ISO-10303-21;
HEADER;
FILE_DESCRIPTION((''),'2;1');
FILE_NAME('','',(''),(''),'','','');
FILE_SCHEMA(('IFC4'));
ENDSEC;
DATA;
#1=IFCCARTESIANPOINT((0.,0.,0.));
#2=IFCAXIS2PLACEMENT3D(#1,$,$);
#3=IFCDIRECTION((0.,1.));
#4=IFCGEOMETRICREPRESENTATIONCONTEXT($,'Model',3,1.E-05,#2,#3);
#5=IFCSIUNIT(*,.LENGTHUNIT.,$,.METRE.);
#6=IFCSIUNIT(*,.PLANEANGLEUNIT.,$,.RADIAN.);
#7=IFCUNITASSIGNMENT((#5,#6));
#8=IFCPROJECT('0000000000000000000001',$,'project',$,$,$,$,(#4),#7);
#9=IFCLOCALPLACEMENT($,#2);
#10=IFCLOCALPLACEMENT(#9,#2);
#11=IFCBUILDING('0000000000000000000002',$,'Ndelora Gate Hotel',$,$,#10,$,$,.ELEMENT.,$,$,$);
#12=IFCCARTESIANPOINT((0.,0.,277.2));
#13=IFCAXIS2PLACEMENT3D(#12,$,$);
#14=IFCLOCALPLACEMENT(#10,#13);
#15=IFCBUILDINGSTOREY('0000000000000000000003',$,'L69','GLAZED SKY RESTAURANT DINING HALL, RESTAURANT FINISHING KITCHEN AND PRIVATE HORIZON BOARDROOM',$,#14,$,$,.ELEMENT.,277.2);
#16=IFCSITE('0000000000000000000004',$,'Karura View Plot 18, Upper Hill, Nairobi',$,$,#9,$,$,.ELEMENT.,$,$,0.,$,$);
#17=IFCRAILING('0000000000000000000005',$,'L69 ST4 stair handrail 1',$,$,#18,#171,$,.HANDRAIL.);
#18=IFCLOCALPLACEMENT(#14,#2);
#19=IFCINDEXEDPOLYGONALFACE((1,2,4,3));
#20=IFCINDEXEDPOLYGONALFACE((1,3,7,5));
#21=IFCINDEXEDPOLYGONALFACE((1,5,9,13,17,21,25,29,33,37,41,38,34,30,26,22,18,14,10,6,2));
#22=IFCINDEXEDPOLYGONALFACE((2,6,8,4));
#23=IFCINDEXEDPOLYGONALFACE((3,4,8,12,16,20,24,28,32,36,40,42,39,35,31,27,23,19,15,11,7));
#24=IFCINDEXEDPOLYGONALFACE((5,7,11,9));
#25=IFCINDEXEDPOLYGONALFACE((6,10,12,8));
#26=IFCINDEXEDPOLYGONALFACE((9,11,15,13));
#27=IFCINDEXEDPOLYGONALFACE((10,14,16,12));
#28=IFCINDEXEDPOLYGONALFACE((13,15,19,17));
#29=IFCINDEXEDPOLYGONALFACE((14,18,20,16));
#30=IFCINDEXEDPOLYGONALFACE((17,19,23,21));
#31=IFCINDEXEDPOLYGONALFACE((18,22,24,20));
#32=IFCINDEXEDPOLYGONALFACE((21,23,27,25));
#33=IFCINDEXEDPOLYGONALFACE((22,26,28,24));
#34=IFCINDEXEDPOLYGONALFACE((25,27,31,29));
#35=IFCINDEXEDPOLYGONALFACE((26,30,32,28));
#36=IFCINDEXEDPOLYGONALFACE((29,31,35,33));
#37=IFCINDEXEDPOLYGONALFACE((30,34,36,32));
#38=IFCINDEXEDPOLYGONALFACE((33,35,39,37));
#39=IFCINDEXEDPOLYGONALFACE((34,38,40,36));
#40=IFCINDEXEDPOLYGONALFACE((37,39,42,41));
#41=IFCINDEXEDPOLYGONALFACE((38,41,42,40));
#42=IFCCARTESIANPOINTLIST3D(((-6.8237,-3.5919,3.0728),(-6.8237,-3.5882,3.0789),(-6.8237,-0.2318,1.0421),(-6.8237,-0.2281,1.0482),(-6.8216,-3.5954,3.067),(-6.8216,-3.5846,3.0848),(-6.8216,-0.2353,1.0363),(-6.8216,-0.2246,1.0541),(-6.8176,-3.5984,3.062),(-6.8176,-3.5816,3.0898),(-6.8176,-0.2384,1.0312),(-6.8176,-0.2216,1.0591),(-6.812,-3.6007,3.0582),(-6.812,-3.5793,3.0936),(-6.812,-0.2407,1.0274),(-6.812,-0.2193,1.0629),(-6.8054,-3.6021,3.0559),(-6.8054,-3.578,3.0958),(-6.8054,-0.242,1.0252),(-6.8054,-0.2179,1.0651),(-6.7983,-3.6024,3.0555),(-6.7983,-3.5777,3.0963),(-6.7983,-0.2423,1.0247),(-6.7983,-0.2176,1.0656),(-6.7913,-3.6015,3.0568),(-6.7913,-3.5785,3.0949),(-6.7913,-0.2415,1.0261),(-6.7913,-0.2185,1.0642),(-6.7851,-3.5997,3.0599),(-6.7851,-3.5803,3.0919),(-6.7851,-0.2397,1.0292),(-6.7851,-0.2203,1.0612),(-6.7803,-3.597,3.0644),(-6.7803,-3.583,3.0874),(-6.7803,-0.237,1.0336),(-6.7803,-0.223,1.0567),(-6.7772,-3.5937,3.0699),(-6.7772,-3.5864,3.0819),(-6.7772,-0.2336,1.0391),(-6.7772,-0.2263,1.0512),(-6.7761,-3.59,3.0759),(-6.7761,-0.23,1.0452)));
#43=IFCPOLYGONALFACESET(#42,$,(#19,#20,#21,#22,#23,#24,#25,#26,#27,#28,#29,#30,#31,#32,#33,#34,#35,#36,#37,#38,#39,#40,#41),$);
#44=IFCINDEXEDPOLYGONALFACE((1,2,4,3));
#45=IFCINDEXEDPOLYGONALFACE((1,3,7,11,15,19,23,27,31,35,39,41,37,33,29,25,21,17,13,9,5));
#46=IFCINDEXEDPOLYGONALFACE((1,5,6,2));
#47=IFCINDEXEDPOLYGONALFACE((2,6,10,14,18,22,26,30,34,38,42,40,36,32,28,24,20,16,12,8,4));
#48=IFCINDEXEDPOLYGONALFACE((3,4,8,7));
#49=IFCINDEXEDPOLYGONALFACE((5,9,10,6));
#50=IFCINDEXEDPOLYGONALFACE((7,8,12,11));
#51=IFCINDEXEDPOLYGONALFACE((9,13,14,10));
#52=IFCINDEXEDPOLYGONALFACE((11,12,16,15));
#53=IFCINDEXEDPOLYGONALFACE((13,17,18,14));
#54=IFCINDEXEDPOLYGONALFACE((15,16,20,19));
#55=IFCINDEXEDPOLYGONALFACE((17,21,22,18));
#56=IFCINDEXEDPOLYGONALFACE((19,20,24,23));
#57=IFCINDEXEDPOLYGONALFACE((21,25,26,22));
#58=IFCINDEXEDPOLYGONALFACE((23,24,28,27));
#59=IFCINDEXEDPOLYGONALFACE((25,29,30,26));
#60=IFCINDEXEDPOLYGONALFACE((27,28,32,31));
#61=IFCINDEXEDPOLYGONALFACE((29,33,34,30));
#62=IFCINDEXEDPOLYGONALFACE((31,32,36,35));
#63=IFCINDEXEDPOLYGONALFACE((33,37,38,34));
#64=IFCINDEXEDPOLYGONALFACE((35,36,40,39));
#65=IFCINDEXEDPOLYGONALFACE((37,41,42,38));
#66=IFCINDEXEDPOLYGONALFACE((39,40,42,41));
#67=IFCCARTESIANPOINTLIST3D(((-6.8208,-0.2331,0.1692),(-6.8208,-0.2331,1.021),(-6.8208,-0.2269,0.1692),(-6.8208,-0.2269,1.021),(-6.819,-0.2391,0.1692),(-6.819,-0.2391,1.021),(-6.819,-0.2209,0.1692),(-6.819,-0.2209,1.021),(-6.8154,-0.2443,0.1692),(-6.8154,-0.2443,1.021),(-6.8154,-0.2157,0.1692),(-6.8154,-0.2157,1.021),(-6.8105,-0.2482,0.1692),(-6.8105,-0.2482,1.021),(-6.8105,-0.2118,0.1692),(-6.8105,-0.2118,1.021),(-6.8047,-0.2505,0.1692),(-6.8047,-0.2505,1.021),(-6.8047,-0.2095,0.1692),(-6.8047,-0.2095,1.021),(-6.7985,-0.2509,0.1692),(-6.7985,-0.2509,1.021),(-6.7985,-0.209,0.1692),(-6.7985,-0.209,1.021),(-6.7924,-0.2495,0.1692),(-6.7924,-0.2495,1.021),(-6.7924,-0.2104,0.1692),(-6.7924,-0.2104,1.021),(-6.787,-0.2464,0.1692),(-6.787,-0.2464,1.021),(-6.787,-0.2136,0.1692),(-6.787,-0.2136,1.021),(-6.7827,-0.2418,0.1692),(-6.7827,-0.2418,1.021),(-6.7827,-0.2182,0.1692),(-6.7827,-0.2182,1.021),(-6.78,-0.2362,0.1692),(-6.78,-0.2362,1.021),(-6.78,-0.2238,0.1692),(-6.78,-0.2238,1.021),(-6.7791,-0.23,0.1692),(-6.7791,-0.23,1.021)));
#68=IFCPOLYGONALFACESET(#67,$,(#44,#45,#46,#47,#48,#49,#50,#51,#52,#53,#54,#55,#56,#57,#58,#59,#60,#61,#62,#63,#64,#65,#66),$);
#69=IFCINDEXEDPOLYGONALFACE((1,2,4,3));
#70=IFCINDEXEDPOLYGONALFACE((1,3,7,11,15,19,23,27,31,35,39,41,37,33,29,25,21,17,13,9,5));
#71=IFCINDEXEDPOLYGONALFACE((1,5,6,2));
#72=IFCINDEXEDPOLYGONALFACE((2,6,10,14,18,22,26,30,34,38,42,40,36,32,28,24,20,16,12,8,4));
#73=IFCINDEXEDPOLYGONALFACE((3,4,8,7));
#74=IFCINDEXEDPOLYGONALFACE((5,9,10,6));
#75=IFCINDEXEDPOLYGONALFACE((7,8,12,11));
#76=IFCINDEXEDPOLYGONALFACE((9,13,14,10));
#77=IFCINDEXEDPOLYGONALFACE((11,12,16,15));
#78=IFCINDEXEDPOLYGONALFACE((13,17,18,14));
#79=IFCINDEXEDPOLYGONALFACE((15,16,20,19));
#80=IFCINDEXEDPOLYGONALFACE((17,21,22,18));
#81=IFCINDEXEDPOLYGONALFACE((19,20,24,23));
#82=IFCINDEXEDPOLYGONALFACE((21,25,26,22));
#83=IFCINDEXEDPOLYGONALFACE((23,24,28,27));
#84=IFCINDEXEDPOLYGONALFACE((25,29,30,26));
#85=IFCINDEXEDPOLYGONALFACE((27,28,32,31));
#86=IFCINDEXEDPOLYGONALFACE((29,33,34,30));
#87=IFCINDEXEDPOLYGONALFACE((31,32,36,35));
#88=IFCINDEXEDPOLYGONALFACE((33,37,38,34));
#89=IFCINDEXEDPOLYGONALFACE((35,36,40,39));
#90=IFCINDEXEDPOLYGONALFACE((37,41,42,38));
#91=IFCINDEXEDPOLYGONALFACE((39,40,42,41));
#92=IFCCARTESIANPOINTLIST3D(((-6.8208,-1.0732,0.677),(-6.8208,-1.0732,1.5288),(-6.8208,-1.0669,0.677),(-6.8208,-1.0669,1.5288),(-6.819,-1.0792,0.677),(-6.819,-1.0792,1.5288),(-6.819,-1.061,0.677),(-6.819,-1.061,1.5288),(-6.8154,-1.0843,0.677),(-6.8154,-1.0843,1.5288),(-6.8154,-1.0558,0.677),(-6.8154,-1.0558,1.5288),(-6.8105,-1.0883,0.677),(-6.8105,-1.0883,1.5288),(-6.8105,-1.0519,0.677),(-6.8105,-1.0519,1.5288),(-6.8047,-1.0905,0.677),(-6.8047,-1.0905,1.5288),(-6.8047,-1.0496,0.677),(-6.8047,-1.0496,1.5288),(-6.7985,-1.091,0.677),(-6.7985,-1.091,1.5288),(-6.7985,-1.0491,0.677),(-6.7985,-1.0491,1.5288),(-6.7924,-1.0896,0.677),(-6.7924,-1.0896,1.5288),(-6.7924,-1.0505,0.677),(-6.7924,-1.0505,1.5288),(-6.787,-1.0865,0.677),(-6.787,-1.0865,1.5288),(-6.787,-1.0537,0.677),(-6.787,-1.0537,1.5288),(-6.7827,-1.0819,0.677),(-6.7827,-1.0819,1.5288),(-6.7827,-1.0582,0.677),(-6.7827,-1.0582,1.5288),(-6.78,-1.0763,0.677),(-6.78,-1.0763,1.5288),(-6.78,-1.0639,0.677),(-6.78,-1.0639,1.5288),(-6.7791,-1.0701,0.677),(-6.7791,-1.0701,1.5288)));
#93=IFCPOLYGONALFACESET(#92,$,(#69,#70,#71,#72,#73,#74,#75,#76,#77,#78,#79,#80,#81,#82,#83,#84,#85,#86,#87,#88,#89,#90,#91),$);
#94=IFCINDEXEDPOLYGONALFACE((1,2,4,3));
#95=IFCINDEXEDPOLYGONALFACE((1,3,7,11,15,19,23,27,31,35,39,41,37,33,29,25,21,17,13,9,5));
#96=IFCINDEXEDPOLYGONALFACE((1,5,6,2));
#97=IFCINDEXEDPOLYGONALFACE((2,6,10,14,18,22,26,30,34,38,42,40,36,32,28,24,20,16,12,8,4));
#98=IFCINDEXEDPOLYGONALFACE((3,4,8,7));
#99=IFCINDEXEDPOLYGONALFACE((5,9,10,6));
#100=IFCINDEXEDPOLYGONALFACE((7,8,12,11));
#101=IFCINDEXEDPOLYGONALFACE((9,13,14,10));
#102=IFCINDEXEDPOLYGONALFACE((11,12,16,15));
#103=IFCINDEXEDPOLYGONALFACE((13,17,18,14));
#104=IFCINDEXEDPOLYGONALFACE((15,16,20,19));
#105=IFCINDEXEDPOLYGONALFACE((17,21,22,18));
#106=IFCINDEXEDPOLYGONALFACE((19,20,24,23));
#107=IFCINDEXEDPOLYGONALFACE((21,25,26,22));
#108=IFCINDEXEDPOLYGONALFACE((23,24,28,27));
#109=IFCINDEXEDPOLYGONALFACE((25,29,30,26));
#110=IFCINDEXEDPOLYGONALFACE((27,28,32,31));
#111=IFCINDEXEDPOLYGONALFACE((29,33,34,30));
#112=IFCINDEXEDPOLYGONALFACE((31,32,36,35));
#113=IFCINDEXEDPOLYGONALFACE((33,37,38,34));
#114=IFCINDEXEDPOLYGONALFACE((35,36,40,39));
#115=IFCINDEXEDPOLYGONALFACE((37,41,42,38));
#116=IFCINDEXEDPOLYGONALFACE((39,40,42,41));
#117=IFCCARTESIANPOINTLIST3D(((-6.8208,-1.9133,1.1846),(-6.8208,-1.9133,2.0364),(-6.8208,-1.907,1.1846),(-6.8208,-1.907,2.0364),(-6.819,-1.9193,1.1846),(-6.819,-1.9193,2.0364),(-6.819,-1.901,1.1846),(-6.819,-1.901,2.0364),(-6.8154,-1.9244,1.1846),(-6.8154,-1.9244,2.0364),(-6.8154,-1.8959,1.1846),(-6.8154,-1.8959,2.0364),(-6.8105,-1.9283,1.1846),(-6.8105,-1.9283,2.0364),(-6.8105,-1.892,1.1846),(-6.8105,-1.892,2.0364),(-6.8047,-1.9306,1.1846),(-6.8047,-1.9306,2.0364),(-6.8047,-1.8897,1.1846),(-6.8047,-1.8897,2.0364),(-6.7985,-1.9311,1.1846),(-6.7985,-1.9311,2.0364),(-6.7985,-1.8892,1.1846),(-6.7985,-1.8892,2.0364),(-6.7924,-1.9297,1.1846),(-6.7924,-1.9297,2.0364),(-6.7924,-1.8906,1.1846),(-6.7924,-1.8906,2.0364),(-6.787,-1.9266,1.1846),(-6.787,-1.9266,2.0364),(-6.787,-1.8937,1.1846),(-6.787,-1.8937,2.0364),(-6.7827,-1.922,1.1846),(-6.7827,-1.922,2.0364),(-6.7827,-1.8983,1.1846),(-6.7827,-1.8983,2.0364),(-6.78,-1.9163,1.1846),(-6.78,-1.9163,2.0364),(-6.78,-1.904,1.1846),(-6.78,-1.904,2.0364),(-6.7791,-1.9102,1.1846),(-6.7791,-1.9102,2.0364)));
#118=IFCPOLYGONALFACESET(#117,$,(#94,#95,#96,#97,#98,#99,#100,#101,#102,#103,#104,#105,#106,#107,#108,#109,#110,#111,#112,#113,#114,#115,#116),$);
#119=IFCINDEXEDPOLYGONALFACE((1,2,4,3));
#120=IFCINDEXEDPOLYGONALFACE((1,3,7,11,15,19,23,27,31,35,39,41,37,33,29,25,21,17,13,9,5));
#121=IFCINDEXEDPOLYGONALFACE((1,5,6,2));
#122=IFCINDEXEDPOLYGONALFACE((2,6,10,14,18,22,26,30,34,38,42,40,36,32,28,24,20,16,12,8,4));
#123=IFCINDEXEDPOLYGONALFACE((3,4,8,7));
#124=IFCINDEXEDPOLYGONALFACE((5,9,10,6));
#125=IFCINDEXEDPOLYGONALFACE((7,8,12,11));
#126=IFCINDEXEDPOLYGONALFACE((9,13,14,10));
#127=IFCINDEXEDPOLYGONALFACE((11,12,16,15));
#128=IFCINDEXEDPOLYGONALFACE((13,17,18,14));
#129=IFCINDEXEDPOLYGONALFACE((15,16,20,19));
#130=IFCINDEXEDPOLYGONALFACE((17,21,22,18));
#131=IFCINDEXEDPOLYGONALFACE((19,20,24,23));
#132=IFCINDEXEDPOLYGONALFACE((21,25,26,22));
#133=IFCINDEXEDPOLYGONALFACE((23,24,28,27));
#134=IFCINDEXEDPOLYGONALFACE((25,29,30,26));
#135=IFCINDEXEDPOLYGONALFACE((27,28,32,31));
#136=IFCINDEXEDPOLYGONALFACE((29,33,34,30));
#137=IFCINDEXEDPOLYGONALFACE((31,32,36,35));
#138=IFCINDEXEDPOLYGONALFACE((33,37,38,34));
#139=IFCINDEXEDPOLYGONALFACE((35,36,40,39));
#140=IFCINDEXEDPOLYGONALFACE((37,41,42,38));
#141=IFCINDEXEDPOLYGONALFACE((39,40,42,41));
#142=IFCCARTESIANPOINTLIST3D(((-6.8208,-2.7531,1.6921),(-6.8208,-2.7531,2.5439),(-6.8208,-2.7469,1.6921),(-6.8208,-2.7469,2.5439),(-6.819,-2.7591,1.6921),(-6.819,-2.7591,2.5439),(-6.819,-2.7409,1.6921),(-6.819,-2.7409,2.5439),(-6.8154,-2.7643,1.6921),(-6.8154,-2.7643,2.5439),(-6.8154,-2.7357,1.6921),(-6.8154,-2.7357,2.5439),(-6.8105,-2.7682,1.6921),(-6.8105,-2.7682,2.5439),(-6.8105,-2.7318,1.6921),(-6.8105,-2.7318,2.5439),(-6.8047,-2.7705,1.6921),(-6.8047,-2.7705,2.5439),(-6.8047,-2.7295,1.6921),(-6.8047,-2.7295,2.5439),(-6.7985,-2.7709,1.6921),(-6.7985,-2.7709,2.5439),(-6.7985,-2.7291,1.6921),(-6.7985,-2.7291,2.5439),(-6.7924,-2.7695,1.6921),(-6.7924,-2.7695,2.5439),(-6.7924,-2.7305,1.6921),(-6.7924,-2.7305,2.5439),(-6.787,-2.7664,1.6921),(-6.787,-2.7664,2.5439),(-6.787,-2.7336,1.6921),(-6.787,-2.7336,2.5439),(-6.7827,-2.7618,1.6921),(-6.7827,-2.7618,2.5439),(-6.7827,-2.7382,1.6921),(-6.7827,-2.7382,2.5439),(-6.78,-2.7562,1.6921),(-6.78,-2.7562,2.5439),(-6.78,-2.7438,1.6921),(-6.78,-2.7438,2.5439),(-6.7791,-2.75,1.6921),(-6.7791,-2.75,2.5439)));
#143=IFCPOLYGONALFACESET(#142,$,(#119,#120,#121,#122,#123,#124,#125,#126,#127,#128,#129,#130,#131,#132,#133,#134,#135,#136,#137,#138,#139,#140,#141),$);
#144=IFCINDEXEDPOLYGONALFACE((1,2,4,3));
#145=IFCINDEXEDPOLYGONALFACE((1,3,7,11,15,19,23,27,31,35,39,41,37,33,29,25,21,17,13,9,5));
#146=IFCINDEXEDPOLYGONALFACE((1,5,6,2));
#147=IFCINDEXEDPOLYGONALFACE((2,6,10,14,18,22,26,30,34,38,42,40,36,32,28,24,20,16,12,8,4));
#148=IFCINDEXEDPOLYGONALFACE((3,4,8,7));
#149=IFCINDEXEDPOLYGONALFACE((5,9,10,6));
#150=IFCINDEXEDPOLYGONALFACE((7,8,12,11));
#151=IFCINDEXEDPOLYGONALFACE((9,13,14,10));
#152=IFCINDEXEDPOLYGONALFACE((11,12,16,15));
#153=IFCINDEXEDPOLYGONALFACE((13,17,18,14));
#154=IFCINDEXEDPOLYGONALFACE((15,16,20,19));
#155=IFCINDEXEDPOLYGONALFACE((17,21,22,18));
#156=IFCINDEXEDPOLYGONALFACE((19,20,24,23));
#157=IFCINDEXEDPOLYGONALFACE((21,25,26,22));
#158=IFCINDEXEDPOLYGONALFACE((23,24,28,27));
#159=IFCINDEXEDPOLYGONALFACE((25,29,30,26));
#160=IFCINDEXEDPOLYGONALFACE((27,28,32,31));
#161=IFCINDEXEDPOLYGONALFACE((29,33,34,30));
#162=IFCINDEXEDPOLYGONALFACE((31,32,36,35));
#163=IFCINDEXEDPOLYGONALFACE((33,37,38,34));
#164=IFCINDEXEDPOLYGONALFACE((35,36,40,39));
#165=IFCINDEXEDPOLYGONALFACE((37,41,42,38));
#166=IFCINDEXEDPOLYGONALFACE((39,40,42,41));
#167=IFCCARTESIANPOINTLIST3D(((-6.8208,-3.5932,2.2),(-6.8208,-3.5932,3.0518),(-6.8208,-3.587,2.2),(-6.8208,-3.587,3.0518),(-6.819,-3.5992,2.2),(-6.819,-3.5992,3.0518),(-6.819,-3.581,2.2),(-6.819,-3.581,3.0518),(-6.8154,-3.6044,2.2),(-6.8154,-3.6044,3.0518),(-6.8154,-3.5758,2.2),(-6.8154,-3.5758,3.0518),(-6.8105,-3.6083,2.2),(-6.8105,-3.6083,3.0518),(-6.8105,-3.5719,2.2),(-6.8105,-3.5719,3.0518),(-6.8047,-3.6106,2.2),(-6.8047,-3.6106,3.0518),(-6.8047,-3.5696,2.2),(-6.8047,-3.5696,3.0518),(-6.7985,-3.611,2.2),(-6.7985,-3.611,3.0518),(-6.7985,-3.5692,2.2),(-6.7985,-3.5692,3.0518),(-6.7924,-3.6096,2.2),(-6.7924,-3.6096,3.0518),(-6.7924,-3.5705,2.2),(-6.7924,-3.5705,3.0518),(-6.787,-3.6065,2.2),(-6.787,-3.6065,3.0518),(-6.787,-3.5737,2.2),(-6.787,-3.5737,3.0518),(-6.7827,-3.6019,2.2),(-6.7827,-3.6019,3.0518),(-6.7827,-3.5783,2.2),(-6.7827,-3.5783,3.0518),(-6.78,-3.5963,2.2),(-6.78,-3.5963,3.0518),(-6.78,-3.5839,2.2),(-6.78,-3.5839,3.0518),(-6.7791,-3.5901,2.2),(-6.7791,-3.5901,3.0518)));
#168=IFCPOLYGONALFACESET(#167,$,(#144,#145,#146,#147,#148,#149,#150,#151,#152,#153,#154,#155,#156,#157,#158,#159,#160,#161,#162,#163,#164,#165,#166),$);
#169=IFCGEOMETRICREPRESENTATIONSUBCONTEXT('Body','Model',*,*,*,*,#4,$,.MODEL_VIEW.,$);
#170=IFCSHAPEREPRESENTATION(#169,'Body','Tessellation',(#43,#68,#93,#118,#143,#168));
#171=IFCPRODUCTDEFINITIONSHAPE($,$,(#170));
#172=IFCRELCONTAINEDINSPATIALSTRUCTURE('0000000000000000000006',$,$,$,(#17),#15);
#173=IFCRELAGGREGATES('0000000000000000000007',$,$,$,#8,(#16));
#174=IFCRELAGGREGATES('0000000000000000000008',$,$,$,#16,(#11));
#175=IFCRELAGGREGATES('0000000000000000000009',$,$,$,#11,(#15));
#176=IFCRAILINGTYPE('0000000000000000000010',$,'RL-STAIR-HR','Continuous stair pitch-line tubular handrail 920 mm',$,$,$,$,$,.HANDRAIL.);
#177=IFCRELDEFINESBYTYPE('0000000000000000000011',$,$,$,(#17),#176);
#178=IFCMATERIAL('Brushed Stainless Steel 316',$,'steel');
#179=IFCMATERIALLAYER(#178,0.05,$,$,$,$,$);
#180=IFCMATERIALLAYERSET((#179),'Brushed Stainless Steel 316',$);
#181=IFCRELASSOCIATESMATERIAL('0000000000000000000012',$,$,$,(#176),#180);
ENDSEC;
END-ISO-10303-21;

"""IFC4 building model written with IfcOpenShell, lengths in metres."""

from ifc_helpers import new_model, si_unit, direction, frame, origin, origin_2d, place, context, subcontext, project, spatial, circle, extrude, material, layer, layer_set, type_object, element, save


model = new_model("IFC4")

# Units and contexts
model_context = context("Model", 3, precision=1e-05, world=origin(), true_north=direction((0.0, 1.0)))
body_context = subcontext(model_context, "Body", "Model", "MODEL_VIEW")
ifc_project = project(units=[si_unit("LENGTHUNIT", "METRE"), si_unit("PLANEANGLEUNIT", "RADIAN")], contexts=[model_context])

# Site, building, storey
site_placement = place(None, origin())
site = spatial("IfcSite", under=ifc_project, at=site_placement, Name="Karura View Plot 18, Upper Hill, Nairobi", CompositionType="ELEMENT", RefElevation=0.0)
building_placement = place(site_placement, origin())
building = spatial("IfcBuilding", under=site, at=building_placement, Name="Ndelora Gate Hotel", CompositionType="ELEMENT")
storey_placement = place(building_placement, frame((0.0, 0.0, 277.2)))
storey = spatial("IfcBuildingStorey", under=building, at=storey_placement, Name="L69", Description="GLAZED SKY RESTAURANT DINING HALL, RESTAURANT FINISHING KITCHEN AND PRIVATE HORIZON BOARDROOM", CompositionType="ELEMENT", Elevation=277.2)

# Railing
ifc_material_1 = material(Name="Brushed Stainless Steel 316", Category="steel")
ifc_layer_1 = layer(ifc_material_1, 0.05)
ifc_layer_set_1 = layer_set([ifc_layer_1], Name="Brushed Stainless Steel 316")
railing_type_1 = type_object("IfcRailingType", Name="RL-STAIR-HR", Description="Continuous stair pitch-line tubular handrail 920 mm", PredefinedType="HANDRAIL", material=ifc_layer_set_1)
railing_1_placement = place(storey_placement, frame((-6.8, -0.23, 0.1692)))
element("IfcRailing", 1, at=railing_1_placement, inside=storey, type_object=railing_type_1, Name="L69 ST4 stair handrail 1", PredefinedType="HANDRAIL", context=body_context, shape_type="SweptSolid", body=[
    extrude(circle(Radius=0.0239, at=origin_2d()), frame((0.0, 0.0, 0.876), z_axis=(0.0, -0.855837, 0.517246), x_axis=(1.0, 0.0, 0.0)), (0.0, 0.0, 1.0), 3.926),
    extrude(circle(Radius=0.021, at=origin_2d()), origin(), (0.0, 0.0, 1.0), 0.8518),
    extrude(circle(Radius=0.021, at=origin_2d()), frame((0.0, -0.8401, 0.5078)), (0.0, 0.0, 1.0), 0.8518),
    extrude(circle(Radius=0.021, at=origin_2d()), frame((0.0, -1.6802, 1.0154)), (0.0, 0.0, 1.0), 0.8518),
    extrude(circle(Radius=0.021, at=origin_2d()), frame((0.0, -2.52, 1.5229)), (0.0, 0.0, 1.0), 0.8518),
    extrude(circle(Radius=0.021, at=origin_2d()), frame((0.0, -3.3601, 2.0308)), (0.0, 0.0, 1.0), 0.8518),
])

save(model, "model.ifc")
